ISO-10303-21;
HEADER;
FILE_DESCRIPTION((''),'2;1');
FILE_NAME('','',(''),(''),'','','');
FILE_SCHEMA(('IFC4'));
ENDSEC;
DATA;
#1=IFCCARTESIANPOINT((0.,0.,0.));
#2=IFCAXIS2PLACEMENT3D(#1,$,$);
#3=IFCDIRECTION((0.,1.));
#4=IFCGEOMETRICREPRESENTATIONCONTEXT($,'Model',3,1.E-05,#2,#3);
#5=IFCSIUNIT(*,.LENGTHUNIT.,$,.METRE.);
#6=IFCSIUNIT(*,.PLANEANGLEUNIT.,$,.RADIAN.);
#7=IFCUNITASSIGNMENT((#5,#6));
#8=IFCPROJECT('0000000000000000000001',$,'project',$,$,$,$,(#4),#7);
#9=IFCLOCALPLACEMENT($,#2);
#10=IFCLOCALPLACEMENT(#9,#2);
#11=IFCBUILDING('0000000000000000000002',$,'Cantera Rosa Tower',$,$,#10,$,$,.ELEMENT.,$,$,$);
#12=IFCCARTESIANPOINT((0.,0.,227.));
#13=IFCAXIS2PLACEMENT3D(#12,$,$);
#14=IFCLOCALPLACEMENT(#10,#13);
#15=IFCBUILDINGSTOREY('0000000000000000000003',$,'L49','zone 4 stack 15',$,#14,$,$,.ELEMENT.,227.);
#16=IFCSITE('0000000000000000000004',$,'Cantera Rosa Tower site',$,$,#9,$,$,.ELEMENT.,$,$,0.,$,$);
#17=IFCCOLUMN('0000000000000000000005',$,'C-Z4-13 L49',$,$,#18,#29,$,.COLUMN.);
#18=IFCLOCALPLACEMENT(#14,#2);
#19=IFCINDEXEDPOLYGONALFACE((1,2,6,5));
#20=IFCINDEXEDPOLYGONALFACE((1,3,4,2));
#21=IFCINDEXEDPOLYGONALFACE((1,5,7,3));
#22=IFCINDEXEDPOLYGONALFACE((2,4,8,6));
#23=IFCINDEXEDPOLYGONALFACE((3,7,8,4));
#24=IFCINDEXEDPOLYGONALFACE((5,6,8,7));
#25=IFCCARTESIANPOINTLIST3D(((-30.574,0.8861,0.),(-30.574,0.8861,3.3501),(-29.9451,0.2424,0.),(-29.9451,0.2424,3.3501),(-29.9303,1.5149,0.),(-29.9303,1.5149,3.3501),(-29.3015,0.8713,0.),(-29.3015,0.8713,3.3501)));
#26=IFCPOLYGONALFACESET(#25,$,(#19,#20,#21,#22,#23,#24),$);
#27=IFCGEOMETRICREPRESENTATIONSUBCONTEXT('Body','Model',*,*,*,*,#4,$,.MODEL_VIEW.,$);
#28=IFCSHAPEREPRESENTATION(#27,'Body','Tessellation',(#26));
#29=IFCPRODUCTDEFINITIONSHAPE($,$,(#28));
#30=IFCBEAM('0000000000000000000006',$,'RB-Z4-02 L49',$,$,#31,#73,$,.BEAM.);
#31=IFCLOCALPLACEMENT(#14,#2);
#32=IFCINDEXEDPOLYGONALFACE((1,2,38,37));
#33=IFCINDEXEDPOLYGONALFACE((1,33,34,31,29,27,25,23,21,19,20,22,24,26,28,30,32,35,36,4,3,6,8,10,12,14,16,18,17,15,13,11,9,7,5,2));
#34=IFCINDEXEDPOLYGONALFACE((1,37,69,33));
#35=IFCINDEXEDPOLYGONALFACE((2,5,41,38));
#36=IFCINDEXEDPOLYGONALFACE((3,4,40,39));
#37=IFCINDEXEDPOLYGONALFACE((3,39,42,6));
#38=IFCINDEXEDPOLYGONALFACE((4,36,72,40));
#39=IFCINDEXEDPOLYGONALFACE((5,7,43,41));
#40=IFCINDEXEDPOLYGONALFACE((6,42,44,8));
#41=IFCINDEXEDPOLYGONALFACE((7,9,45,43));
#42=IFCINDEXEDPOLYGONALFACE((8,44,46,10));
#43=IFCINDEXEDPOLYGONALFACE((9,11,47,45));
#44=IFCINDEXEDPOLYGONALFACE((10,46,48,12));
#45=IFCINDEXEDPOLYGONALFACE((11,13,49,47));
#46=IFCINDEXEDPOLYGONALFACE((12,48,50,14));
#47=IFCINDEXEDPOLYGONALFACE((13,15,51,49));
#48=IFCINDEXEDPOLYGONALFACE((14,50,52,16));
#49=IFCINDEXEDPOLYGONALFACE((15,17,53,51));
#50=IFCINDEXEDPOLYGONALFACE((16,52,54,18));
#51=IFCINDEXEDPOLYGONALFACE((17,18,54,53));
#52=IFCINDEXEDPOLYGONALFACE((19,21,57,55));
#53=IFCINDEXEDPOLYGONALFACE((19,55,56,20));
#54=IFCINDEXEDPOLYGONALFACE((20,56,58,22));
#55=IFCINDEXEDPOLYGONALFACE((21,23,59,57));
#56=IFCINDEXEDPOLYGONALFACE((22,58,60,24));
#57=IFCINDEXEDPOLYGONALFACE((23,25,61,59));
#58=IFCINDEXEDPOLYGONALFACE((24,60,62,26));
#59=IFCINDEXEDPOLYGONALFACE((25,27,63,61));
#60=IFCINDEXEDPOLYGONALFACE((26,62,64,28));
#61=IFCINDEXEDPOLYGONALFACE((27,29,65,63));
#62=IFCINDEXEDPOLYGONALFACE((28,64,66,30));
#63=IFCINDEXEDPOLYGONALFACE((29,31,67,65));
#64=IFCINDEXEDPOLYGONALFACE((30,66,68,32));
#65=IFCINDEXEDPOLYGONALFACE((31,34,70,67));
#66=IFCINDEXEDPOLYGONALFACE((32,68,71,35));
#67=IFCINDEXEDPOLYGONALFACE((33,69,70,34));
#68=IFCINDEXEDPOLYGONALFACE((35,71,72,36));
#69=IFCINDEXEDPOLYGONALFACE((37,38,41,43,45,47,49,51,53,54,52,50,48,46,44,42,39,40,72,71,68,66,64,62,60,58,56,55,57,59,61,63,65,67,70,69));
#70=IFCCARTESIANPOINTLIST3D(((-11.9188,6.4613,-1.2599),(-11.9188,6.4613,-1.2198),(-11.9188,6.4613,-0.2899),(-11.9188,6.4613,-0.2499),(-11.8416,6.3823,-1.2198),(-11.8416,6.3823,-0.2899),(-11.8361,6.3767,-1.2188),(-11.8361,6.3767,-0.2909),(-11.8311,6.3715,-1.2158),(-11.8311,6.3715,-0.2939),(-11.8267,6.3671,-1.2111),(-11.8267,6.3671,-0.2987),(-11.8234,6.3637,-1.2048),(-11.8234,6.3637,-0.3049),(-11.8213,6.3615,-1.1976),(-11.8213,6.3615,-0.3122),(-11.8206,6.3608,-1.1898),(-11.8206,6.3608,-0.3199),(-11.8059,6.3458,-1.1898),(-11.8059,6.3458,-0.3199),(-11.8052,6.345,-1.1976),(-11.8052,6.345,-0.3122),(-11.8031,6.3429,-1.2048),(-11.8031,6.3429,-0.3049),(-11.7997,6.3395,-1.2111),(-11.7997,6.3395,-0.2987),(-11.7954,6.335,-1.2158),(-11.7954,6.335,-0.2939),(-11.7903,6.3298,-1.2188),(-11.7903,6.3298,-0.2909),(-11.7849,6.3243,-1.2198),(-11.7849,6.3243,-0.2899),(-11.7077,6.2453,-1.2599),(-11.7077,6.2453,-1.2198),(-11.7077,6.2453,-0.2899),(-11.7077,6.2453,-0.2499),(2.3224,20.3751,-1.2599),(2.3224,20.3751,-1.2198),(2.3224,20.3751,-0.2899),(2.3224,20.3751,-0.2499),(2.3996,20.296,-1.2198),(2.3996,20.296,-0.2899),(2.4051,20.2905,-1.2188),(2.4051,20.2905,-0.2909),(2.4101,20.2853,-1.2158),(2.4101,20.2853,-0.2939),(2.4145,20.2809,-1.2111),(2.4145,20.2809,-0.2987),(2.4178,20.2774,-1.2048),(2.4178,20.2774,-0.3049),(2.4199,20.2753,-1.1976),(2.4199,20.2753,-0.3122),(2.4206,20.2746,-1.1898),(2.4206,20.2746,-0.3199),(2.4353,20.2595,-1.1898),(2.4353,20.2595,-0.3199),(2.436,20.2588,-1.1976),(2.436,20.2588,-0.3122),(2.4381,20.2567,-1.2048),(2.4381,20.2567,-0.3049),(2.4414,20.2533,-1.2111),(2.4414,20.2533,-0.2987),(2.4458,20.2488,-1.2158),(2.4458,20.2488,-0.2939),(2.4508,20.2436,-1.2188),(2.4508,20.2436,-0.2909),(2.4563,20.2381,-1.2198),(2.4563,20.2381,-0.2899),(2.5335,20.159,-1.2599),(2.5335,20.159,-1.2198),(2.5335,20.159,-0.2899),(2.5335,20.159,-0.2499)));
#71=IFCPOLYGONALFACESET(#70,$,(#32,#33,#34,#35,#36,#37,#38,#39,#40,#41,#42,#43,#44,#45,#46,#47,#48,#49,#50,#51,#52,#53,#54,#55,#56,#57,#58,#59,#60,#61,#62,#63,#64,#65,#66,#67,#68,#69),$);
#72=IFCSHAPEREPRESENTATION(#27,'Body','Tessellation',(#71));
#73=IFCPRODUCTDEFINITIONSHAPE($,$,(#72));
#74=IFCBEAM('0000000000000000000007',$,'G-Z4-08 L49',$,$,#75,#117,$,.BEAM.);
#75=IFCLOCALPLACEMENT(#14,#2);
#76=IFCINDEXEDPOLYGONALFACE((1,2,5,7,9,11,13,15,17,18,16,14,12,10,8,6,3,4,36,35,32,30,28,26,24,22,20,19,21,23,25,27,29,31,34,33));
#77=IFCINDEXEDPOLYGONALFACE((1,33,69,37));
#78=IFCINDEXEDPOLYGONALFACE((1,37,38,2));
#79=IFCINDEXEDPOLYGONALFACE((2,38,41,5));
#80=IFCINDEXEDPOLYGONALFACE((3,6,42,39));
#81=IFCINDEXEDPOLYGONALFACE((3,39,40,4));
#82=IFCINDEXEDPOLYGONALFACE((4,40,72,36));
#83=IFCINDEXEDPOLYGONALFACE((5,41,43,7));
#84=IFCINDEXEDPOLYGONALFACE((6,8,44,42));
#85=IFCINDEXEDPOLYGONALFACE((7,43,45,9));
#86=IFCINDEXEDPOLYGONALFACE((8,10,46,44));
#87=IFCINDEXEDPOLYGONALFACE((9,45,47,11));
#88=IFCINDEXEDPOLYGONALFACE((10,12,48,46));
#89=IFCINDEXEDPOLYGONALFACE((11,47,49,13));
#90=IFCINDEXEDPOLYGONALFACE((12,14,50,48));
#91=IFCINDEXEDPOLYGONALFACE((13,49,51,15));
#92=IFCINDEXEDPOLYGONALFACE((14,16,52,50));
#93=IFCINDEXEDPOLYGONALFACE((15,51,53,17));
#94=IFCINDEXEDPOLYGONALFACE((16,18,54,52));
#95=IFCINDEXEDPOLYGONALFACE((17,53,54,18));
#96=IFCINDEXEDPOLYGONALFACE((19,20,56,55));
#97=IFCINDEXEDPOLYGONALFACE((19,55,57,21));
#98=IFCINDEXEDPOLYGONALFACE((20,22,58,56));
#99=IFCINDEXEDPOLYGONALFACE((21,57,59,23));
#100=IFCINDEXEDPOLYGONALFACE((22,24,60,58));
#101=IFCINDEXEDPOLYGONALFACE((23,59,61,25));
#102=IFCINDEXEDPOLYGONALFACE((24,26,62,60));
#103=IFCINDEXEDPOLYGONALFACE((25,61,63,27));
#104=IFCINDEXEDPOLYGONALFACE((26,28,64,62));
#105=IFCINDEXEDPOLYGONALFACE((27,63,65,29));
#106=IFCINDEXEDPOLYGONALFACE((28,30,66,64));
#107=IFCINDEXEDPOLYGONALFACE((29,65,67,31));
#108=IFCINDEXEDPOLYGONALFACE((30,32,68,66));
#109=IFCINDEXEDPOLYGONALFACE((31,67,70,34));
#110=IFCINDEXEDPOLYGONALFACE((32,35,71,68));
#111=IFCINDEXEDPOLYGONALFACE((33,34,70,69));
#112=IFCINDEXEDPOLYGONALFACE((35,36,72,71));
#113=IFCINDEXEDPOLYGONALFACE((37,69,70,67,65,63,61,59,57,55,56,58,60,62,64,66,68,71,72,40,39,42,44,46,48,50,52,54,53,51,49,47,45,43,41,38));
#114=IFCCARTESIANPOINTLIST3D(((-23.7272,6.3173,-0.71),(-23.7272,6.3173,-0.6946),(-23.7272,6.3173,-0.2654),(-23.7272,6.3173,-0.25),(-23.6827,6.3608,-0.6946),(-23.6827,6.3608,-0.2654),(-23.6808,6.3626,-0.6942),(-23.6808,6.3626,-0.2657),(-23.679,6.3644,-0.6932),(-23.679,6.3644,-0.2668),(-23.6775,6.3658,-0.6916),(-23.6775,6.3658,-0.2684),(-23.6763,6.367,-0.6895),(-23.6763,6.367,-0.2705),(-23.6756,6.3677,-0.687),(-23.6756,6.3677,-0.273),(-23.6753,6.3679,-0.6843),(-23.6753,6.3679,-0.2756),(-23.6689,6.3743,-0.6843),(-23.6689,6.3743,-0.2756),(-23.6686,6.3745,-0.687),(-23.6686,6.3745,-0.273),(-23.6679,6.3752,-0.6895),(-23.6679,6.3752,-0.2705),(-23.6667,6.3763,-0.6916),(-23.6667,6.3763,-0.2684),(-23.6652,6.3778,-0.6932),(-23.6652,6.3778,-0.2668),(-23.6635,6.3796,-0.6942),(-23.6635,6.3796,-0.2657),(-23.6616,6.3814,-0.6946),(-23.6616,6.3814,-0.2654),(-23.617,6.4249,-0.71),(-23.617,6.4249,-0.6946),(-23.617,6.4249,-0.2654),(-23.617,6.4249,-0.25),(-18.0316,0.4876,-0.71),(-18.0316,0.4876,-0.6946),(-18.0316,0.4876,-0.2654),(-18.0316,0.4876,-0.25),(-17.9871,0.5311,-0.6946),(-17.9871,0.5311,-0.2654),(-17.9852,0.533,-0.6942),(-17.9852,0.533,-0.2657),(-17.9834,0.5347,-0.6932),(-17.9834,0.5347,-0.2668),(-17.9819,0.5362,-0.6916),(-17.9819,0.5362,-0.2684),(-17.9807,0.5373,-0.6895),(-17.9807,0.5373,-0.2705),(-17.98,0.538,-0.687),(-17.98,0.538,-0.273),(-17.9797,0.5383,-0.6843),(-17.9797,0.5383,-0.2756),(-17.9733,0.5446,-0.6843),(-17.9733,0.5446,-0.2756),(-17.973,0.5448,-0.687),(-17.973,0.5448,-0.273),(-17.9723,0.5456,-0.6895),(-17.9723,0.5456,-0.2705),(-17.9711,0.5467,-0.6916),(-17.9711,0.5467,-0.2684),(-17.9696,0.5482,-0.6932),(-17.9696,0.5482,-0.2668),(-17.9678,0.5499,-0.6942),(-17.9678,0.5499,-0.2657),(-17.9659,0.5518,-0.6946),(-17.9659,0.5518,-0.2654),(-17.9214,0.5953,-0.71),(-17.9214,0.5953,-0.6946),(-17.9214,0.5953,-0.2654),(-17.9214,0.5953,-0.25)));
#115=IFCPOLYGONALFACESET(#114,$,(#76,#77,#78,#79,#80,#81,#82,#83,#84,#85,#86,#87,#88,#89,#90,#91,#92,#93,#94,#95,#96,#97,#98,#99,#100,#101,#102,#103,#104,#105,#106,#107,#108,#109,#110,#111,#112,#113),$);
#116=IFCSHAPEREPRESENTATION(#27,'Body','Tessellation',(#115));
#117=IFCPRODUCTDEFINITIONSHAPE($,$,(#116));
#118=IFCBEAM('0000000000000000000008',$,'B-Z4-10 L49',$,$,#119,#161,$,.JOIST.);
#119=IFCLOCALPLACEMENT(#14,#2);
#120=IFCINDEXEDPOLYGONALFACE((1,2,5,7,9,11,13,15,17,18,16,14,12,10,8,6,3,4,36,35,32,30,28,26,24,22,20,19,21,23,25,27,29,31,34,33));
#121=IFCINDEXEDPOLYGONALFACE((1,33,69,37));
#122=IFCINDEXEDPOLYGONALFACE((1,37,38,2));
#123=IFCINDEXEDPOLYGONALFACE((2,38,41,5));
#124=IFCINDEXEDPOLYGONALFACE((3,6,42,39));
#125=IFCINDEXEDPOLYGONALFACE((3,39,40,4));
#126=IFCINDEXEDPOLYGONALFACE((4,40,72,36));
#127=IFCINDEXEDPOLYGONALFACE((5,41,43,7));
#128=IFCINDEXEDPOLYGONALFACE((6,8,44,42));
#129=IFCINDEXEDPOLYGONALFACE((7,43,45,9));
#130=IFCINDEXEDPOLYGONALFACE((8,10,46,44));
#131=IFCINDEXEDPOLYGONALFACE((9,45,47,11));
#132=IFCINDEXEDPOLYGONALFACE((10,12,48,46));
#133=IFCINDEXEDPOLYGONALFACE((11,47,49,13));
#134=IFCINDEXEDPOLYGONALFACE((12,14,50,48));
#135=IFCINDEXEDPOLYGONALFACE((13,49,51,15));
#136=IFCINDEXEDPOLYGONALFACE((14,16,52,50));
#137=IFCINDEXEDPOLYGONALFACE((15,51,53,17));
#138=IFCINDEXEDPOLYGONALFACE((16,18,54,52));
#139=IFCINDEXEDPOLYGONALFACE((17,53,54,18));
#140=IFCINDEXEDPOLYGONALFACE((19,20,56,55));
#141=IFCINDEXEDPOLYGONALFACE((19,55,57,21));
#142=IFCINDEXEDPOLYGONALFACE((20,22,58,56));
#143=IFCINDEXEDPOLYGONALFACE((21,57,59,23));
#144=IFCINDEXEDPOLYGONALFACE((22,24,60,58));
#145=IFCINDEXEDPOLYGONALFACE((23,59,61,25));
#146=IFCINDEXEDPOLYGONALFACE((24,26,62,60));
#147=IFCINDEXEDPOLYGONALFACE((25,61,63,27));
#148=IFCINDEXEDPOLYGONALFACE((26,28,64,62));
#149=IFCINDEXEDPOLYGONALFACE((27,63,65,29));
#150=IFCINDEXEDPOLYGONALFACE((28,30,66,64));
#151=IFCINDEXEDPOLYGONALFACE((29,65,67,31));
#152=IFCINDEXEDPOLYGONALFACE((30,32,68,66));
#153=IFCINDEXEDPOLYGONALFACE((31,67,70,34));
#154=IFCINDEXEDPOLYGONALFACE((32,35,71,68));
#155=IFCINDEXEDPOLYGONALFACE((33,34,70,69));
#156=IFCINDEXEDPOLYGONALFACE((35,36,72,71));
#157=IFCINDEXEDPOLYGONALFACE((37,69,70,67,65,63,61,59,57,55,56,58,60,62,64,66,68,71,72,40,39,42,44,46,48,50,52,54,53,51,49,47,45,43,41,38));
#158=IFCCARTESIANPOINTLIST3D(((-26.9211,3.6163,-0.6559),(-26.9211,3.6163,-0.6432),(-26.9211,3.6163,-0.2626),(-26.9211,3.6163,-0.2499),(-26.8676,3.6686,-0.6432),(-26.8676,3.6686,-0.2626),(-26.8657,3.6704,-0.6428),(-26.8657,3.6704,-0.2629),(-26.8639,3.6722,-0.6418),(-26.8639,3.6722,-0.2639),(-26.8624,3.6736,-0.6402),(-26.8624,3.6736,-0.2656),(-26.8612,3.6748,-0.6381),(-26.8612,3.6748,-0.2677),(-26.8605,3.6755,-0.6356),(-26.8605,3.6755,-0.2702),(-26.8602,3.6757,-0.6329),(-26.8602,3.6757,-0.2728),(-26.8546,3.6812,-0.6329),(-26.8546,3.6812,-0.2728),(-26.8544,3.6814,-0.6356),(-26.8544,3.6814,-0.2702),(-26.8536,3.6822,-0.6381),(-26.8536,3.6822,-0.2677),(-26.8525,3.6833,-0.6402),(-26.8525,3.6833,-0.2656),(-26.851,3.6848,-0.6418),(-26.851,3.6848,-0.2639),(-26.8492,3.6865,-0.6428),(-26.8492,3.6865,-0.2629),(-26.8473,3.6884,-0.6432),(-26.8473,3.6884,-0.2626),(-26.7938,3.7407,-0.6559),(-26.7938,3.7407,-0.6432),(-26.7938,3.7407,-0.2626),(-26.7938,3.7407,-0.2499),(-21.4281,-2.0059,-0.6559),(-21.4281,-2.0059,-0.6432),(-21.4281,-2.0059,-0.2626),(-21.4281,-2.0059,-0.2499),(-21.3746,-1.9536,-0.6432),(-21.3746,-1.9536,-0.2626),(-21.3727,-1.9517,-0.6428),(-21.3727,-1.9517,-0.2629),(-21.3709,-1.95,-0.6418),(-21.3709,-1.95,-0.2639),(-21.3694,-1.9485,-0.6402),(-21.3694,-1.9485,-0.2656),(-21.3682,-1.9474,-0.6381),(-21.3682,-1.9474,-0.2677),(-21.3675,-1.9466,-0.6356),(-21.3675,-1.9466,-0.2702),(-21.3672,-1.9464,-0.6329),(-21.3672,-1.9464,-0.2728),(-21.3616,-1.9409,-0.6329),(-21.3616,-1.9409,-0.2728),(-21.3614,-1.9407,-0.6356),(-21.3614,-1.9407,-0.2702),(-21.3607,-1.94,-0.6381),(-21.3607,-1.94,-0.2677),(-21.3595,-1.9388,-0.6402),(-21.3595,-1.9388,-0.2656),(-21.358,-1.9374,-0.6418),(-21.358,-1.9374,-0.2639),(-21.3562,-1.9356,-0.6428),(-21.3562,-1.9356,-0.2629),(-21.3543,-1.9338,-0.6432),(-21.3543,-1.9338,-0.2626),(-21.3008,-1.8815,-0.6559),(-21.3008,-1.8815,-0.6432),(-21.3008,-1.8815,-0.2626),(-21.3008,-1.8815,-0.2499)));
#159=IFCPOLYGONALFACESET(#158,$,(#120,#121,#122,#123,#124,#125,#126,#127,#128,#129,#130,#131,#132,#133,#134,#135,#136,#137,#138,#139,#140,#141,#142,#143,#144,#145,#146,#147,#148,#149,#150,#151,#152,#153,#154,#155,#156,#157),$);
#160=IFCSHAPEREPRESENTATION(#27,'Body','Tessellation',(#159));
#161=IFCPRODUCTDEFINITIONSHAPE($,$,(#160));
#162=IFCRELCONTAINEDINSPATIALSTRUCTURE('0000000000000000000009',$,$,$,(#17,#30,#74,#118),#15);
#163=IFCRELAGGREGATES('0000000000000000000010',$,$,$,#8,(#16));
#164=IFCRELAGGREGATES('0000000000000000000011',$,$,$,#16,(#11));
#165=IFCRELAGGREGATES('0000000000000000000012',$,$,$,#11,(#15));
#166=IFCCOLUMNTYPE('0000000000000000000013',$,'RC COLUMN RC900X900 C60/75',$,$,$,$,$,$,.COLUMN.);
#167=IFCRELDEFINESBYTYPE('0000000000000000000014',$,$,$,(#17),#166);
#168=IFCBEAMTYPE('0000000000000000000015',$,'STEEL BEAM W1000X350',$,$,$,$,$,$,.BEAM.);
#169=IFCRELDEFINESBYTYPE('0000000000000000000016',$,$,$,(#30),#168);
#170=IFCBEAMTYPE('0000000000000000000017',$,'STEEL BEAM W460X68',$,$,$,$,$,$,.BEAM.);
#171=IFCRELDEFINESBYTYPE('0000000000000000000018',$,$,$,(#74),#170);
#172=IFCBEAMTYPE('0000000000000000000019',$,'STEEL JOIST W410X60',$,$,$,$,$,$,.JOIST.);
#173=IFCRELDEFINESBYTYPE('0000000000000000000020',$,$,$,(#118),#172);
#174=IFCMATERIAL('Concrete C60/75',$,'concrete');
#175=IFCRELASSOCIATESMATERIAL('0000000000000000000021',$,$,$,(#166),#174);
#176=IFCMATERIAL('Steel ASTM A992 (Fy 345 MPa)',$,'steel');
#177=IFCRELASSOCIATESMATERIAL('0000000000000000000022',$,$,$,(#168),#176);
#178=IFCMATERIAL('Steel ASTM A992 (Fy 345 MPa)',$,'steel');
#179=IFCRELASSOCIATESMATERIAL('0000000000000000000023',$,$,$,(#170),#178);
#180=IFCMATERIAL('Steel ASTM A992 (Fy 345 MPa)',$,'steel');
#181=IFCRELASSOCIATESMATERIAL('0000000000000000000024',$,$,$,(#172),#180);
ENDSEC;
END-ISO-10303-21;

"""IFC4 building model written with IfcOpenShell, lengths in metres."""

from ifc_helpers import new_model, si_unit, direction, frame, origin, origin_2d, place, context, subcontext, project, spatial, rectangle, i_section, extrude, material, material_profile, profile_set, type_object, element, save


model = new_model("IFC4")

# Units and contexts
model_context = context("Model", 3, precision=1e-05, world=origin(), true_north=direction((0.0, 1.0)))
body_context = subcontext(model_context, "Body", "Model", "MODEL_VIEW")
ifc_project = project(units=[si_unit("LENGTHUNIT", "METRE"), si_unit("PLANEANGLEUNIT", "RADIAN")], contexts=[model_context])

# Site, building, storey
site_placement = place(None, origin())
site = spatial("IfcSite", under=ifc_project, at=site_placement, Name="Cantera Rosa Tower site", CompositionType="ELEMENT", RefElevation=0.0)
building_placement = place(site_placement, origin())
building = spatial("IfcBuilding", under=site, at=building_placement, Name="Cantera Rosa Tower", CompositionType="ELEMENT")
storey_placement = place(building_placement, frame((0.0, 0.0, 227.0)))
storey = spatial("IfcBuildingStorey", under=building, at=storey_placement, Name="L49", Description="zone 4 stack 15", CompositionType="ELEMENT", Elevation=227.0)

# Column
ifc_material_1 = material(Name="Concrete C60/75", Category="concrete")
ifc_material_profile_1 = material_profile(ifc_material_1, rectangle(XDim=0.8999, YDim=0.8999, at=origin_2d()), Name="RC COLUMN RC900X900 C60/75")
ifc_profile_set_1 = profile_set([ifc_material_profile_1], Name="Concrete C60/75")
column_type = type_object("IfcColumnType", Name="RC COLUMN RC900X900 C60/75", PredefinedType="COLUMN", material=ifc_profile_set_1)
column_placement = place(storey_placement, frame((-29.9377, 0.8787, 0.0), z_axis=(0.0, 0.0, 1.0), x_axis=(0.715286, 0.698832, 0.0)))
element("IfcColumn", 1, at=column_placement, inside=storey, type_object=column_type, Name="C-Z4-13 L49", PredefinedType="COLUMN", context=body_context, shape_type="SweptSolid", body=[
    extrude(rectangle(XDim=0.8999, YDim=0.8999, at=origin_2d()), origin(), (0.0, 0.0, 1.0), 3.3501),
])

# Beams
ifc_material_2 = material(Name="Steel ASTM A992 (Fy 345 MPa)", Category="steel")
ifc_material_profile_2 = material_profile(ifc_material_2, i_section(OverallWidth=0.302, OverallDepth=1.01, WebThickness=0.021, FlangeThickness=0.04, FilletRadius=0.03, at=origin_2d()), Name="W1000X350")
ifc_profile_set_2 = profile_set([ifc_material_profile_2], Name="Steel ASTM A992 (Fy 345 MPa)")
beam_type_1 = type_object("IfcBeamType", Name="STEEL BEAM W1000X350", PredefinedType="BEAM", material=ifc_profile_set_2)
beam_1_placement = place(storey_placement, frame((-11.8132, 6.3533, -0.7549), z_axis=(0.715281, 0.698837, 0.0), x_axis=(-0.698837, 0.715281, 0.0)))
element("IfcBeam", 2, at=beam_1_placement, inside=storey, type_object=beam_type_1, Name="RB-Z4-02 L49", PredefinedType="BEAM", context=body_context, shape_type="SweptSolid", body=[
    extrude(i_section(OverallWidth=0.302, OverallDepth=1.01, WebThickness=0.021, FlangeThickness=0.04, FilletRadius=0.03, at=origin_2d()), origin(), (0.0, 0.0, 1.0), 19.9099),
])
ifc_material_3 = material(Name="Steel ASTM A992 (Fy 345 MPa)", Category="steel")
ifc_material_profile_3 = material_profile(ifc_material_3, i_section(OverallWidth=0.1541, OverallDepth=0.46, WebThickness=0.009, FlangeThickness=0.0154, FilletRadius=0.0103, at=origin_2d()), Name="W460X68")
ifc_profile_set_3 = profile_set([ifc_material_profile_3], Name="Steel ASTM A992 (Fy 345 MPa)")
beam_type_2 = type_object("IfcBeamType", Name="STEEL BEAM W460X68", PredefinedType="BEAM", material=ifc_profile_set_3)
beam_2_placement = place(storey_placement, frame((-23.6721, 6.3711, -0.48), z_axis=(0.698836, -0.715282, 0.0), x_axis=(0.715282, 0.698836, 0.0)))
element("IfcBeam", 3, at=beam_2_placement, inside=storey, type_object=beam_type_2, Name="G-Z4-08 L49", PredefinedType="BEAM", context=body_context, shape_type="SweptSolid", body=[
    extrude(i_section(OverallWidth=0.1541, OverallDepth=0.46, WebThickness=0.009, FlangeThickness=0.0154, FilletRadius=0.0103, at=origin_2d()), origin(), (0.0, 0.0, 1.0), 8.1501),
])
ifc_material_4 = material(Name="Steel ASTM A992 (Fy 345 MPa)", Category="steel")
ifc_material_profile_4 = material_profile(ifc_material_4, i_section(OverallWidth=0.178, OverallDepth=0.406, WebThickness=0.0078, FlangeThickness=0.0127, FilletRadius=0.0103, at=origin_2d()), Name="W410X60")
ifc_profile_set_4 = profile_set([ifc_material_profile_4], Name="Steel ASTM A992 (Fy 345 MPa)")
beam_type_3 = type_object("IfcBeamType", Name="STEEL JOIST W410X60", PredefinedType="JOIST", material=ifc_profile_set_4)
beam_3_placement = place(storey_placement, frame((-26.8574, 3.6785, -0.4529), z_axis=(0.698843, -0.715275, 0.0), x_axis=(0.715275, 0.698843, 0.0)))
element("IfcBeam", 4, at=beam_3_placement, inside=storey, type_object=beam_type_3, Name="B-Z4-10 L49", PredefinedType="JOIST", context=body_context, shape_type="SweptSolid", body=[
    extrude(i_section(OverallWidth=0.178, OverallDepth=0.406, WebThickness=0.0078, FlangeThickness=0.0127, FilletRadius=0.0103, at=origin_2d()), origin(), (0.0, 0.0, 1.0), 7.8601),
])

save(model, "model.ifc")
